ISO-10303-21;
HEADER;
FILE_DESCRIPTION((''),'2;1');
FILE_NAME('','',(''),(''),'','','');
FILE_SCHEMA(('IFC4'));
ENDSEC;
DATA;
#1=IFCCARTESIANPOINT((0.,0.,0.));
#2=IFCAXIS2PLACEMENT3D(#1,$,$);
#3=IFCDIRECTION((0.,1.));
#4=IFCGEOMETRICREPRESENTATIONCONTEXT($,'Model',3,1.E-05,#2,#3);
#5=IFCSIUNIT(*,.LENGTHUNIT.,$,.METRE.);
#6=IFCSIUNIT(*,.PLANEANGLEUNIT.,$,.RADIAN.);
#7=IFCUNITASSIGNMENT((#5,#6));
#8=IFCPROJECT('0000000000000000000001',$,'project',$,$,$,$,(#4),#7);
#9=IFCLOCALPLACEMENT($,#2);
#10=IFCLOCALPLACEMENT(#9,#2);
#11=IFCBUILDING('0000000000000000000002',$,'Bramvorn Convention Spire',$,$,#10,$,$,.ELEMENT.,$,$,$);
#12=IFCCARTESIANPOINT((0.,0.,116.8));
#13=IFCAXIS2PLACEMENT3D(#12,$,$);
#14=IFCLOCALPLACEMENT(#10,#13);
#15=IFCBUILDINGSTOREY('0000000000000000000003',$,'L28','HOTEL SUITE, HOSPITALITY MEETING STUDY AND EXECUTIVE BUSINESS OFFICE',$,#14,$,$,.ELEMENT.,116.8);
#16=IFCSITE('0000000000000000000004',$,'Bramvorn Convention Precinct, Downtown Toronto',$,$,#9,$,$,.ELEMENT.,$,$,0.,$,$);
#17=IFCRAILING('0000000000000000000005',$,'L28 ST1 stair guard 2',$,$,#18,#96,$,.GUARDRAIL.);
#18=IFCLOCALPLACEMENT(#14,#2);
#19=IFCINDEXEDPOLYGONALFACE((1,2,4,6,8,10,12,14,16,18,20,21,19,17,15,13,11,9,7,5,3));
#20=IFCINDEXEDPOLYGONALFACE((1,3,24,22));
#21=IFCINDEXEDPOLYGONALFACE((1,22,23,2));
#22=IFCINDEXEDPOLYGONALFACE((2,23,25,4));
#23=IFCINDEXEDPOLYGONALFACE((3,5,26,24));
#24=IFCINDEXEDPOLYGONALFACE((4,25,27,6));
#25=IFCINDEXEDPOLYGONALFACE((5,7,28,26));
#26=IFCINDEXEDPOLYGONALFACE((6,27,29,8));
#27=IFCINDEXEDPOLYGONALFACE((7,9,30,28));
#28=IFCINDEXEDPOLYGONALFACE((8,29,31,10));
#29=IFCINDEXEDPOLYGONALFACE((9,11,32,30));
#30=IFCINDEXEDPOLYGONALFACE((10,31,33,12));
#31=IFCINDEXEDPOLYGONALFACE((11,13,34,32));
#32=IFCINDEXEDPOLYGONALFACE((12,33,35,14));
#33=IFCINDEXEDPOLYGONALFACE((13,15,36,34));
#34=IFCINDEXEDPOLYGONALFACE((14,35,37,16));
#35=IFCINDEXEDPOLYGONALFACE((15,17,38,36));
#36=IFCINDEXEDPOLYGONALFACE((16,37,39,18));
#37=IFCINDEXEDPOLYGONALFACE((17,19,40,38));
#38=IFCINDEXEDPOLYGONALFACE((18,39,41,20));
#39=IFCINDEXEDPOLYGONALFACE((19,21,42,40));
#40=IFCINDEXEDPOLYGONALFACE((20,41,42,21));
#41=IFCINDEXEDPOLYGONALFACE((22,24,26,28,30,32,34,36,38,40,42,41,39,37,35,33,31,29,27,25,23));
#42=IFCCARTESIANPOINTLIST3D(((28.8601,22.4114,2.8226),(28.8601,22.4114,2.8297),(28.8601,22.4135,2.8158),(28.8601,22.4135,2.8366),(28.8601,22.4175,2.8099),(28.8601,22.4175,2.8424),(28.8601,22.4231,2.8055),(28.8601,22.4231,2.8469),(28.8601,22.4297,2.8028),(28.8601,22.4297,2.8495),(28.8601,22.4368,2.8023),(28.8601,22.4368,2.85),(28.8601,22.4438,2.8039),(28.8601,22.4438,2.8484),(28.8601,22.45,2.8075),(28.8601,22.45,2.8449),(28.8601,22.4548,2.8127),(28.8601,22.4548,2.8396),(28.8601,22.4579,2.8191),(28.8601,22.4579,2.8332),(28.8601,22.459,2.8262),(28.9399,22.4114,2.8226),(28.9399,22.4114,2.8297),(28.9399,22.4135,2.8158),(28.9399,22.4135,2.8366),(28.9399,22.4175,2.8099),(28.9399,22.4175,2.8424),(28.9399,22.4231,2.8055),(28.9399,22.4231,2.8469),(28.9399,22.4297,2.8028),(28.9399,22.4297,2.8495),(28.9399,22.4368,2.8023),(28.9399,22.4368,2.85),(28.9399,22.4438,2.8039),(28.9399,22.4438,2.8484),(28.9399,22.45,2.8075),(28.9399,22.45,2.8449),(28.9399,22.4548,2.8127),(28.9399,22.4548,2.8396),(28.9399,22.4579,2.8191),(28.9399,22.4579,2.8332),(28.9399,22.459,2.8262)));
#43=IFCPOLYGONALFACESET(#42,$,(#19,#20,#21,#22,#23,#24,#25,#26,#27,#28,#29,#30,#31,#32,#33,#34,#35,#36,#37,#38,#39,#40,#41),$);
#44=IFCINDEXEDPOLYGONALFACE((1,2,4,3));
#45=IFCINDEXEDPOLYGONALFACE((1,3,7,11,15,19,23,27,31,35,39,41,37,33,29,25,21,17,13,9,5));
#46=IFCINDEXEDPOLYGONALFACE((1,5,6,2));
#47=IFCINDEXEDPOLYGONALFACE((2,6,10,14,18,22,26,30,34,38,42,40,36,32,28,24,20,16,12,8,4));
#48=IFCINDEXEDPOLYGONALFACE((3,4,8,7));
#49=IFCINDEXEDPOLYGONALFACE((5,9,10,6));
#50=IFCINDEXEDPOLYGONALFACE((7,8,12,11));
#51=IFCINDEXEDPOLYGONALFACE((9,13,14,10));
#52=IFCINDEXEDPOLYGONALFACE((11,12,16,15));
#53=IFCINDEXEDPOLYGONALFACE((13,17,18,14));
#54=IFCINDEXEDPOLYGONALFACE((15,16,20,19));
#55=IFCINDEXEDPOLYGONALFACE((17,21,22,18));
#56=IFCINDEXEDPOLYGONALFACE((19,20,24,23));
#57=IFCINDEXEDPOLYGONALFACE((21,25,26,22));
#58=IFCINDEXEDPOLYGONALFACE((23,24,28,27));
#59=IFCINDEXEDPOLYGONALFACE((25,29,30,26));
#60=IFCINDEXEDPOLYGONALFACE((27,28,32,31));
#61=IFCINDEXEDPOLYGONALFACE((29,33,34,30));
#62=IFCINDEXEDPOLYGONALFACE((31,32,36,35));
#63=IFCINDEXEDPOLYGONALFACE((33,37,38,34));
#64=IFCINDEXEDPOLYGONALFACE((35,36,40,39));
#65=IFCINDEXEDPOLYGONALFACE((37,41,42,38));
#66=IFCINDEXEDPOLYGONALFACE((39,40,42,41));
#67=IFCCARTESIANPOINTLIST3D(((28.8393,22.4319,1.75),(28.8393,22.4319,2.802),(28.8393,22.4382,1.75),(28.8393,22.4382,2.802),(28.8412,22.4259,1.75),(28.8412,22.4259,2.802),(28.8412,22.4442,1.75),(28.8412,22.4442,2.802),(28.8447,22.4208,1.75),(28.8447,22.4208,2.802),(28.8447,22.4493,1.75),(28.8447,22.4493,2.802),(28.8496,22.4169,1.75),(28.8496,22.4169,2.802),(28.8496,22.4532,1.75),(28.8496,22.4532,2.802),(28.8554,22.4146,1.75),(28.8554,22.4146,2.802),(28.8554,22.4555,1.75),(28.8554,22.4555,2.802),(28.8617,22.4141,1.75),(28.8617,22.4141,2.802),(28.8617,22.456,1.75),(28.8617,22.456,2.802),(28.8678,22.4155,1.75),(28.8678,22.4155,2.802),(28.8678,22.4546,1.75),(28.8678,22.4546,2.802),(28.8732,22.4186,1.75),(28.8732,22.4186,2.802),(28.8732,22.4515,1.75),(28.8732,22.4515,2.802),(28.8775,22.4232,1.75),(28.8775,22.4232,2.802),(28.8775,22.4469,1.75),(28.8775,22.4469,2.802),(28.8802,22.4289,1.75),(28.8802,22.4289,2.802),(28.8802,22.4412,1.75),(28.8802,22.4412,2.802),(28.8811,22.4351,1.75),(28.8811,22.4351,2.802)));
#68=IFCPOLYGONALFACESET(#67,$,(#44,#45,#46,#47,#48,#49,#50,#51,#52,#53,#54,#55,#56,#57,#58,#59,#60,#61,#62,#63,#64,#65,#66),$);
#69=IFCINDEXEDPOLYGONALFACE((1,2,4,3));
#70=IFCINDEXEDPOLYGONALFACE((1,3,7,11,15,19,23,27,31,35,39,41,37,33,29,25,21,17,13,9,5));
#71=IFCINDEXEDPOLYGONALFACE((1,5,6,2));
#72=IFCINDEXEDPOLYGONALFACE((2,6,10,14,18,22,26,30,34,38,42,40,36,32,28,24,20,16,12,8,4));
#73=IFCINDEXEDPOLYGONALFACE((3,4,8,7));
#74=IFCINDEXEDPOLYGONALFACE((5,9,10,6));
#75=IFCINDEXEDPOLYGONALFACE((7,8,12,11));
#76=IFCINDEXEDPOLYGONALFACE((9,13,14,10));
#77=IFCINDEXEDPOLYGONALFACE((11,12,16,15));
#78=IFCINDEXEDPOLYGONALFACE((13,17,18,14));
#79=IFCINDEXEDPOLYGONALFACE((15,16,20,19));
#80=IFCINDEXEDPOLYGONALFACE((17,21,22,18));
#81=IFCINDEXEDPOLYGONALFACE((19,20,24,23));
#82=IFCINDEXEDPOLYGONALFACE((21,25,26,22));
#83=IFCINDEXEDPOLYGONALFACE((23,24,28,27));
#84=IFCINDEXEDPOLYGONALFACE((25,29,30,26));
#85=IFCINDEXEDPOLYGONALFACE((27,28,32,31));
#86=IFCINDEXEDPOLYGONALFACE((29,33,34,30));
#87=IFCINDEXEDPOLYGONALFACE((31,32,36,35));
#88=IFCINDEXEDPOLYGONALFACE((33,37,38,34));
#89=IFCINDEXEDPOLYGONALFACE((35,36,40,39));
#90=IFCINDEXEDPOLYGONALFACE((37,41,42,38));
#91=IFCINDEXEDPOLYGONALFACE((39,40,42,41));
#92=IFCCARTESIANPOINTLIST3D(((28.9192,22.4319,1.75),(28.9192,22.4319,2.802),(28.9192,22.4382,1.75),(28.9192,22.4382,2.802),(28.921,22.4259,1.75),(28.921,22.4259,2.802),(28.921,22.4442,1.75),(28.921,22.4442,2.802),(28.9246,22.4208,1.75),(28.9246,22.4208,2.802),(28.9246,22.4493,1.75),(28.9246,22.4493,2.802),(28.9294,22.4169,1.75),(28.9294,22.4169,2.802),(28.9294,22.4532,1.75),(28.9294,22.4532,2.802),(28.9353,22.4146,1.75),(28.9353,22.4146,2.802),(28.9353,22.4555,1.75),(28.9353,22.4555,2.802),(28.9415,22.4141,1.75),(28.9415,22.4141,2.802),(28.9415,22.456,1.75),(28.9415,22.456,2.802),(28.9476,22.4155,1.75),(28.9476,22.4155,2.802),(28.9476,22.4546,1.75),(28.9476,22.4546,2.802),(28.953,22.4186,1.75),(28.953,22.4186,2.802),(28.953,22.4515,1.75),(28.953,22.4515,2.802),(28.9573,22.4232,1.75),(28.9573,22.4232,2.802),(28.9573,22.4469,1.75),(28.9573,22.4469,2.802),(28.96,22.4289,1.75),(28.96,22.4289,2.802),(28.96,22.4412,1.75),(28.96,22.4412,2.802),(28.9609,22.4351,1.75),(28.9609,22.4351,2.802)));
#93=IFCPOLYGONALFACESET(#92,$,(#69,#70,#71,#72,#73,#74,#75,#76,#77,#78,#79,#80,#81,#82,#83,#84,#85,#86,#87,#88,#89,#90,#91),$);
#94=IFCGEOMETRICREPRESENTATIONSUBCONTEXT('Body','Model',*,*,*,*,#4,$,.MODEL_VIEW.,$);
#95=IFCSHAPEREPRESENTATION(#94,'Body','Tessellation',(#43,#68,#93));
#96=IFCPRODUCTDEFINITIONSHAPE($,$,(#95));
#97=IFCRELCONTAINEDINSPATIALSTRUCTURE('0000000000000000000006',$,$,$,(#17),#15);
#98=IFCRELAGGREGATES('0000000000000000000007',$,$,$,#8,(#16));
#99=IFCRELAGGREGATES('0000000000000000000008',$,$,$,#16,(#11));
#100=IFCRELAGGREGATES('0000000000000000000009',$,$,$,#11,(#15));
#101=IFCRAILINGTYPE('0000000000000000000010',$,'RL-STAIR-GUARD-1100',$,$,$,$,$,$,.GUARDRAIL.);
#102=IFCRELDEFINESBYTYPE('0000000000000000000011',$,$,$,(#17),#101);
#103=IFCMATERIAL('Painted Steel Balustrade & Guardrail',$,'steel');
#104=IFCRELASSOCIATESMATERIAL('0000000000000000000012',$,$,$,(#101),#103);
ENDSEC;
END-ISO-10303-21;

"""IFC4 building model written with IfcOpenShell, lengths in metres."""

from ifc_helpers import new_model, si_unit, direction, frame, origin, origin_2d, place, context, subcontext, project, spatial, circle, extrude, material, type_object, element, save


model = new_model("IFC4")

# Units and contexts
model_context = context("Model", 3, precision=1e-05, world=origin(), true_north=direction((0.0, 1.0)))
body_context = subcontext(model_context, "Body", "Model", "MODEL_VIEW")
ifc_project = project(units=[si_unit("LENGTHUNIT", "METRE"), si_unit("PLANEANGLEUNIT", "RADIAN")], contexts=[model_context])

# Site, building, storey
site_placement = place(None, origin())
site = spatial("IfcSite", under=ifc_project, at=site_placement, Name="Bramvorn Convention Precinct, Downtown Toronto", CompositionType="ELEMENT", RefElevation=0.0)
building_placement = place(site_placement, origin())
building = spatial("IfcBuilding", under=site, at=building_placement, Name="Bramvorn Convention Spire", CompositionType="ELEMENT")
storey_placement = place(building_placement, frame((0.0, 0.0, 116.8)))
storey = spatial("IfcBuildingStorey", under=building, at=storey_placement, Name="L28", Description="HOTEL SUITE, HOSPITALITY MEETING STUDY AND EXECUTIVE BUSINESS OFFICE", CompositionType="ELEMENT", Elevation=116.8)

# Railing
ifc_material_1 = material(Name="Painted Steel Balustrade & Guardrail", Category="steel")
railing_type_1 = type_object("IfcRailingType", Name="RL-STAIR-GUARD-1100", PredefinedType="GUARDRAIL", material=ifc_material_1)
railing_1_placement = place(storey_placement, frame((28.8601, 22.4351, 1.75)))
element("IfcRailing", 1, at=railing_1_placement, inside=storey, type_object=railing_type_1, Name="L28 ST1 stair guard 2", PredefinedType="GUARDRAIL", context=body_context, shape_type="SweptSolid", body=[
    extrude(circle(Radius=0.0239, at=origin_2d()), frame((0.0, 0.0, 1.0762), z_axis=(1.0, 0.0, 0.0), x_axis=(0.0, 1.0, 0.0)), (0.0, 0.0, 1.0), 0.0798),
    extrude(circle(Radius=0.021, at=origin_2d()), origin(), (0.0, 0.0, 1.0), 1.052),
    extrude(circle(Radius=0.021, at=origin_2d()), frame((0.0798, 0.0, 0.0)), (0.0, 0.0, 1.0), 1.052),
])

save(model, "model.ifc")
